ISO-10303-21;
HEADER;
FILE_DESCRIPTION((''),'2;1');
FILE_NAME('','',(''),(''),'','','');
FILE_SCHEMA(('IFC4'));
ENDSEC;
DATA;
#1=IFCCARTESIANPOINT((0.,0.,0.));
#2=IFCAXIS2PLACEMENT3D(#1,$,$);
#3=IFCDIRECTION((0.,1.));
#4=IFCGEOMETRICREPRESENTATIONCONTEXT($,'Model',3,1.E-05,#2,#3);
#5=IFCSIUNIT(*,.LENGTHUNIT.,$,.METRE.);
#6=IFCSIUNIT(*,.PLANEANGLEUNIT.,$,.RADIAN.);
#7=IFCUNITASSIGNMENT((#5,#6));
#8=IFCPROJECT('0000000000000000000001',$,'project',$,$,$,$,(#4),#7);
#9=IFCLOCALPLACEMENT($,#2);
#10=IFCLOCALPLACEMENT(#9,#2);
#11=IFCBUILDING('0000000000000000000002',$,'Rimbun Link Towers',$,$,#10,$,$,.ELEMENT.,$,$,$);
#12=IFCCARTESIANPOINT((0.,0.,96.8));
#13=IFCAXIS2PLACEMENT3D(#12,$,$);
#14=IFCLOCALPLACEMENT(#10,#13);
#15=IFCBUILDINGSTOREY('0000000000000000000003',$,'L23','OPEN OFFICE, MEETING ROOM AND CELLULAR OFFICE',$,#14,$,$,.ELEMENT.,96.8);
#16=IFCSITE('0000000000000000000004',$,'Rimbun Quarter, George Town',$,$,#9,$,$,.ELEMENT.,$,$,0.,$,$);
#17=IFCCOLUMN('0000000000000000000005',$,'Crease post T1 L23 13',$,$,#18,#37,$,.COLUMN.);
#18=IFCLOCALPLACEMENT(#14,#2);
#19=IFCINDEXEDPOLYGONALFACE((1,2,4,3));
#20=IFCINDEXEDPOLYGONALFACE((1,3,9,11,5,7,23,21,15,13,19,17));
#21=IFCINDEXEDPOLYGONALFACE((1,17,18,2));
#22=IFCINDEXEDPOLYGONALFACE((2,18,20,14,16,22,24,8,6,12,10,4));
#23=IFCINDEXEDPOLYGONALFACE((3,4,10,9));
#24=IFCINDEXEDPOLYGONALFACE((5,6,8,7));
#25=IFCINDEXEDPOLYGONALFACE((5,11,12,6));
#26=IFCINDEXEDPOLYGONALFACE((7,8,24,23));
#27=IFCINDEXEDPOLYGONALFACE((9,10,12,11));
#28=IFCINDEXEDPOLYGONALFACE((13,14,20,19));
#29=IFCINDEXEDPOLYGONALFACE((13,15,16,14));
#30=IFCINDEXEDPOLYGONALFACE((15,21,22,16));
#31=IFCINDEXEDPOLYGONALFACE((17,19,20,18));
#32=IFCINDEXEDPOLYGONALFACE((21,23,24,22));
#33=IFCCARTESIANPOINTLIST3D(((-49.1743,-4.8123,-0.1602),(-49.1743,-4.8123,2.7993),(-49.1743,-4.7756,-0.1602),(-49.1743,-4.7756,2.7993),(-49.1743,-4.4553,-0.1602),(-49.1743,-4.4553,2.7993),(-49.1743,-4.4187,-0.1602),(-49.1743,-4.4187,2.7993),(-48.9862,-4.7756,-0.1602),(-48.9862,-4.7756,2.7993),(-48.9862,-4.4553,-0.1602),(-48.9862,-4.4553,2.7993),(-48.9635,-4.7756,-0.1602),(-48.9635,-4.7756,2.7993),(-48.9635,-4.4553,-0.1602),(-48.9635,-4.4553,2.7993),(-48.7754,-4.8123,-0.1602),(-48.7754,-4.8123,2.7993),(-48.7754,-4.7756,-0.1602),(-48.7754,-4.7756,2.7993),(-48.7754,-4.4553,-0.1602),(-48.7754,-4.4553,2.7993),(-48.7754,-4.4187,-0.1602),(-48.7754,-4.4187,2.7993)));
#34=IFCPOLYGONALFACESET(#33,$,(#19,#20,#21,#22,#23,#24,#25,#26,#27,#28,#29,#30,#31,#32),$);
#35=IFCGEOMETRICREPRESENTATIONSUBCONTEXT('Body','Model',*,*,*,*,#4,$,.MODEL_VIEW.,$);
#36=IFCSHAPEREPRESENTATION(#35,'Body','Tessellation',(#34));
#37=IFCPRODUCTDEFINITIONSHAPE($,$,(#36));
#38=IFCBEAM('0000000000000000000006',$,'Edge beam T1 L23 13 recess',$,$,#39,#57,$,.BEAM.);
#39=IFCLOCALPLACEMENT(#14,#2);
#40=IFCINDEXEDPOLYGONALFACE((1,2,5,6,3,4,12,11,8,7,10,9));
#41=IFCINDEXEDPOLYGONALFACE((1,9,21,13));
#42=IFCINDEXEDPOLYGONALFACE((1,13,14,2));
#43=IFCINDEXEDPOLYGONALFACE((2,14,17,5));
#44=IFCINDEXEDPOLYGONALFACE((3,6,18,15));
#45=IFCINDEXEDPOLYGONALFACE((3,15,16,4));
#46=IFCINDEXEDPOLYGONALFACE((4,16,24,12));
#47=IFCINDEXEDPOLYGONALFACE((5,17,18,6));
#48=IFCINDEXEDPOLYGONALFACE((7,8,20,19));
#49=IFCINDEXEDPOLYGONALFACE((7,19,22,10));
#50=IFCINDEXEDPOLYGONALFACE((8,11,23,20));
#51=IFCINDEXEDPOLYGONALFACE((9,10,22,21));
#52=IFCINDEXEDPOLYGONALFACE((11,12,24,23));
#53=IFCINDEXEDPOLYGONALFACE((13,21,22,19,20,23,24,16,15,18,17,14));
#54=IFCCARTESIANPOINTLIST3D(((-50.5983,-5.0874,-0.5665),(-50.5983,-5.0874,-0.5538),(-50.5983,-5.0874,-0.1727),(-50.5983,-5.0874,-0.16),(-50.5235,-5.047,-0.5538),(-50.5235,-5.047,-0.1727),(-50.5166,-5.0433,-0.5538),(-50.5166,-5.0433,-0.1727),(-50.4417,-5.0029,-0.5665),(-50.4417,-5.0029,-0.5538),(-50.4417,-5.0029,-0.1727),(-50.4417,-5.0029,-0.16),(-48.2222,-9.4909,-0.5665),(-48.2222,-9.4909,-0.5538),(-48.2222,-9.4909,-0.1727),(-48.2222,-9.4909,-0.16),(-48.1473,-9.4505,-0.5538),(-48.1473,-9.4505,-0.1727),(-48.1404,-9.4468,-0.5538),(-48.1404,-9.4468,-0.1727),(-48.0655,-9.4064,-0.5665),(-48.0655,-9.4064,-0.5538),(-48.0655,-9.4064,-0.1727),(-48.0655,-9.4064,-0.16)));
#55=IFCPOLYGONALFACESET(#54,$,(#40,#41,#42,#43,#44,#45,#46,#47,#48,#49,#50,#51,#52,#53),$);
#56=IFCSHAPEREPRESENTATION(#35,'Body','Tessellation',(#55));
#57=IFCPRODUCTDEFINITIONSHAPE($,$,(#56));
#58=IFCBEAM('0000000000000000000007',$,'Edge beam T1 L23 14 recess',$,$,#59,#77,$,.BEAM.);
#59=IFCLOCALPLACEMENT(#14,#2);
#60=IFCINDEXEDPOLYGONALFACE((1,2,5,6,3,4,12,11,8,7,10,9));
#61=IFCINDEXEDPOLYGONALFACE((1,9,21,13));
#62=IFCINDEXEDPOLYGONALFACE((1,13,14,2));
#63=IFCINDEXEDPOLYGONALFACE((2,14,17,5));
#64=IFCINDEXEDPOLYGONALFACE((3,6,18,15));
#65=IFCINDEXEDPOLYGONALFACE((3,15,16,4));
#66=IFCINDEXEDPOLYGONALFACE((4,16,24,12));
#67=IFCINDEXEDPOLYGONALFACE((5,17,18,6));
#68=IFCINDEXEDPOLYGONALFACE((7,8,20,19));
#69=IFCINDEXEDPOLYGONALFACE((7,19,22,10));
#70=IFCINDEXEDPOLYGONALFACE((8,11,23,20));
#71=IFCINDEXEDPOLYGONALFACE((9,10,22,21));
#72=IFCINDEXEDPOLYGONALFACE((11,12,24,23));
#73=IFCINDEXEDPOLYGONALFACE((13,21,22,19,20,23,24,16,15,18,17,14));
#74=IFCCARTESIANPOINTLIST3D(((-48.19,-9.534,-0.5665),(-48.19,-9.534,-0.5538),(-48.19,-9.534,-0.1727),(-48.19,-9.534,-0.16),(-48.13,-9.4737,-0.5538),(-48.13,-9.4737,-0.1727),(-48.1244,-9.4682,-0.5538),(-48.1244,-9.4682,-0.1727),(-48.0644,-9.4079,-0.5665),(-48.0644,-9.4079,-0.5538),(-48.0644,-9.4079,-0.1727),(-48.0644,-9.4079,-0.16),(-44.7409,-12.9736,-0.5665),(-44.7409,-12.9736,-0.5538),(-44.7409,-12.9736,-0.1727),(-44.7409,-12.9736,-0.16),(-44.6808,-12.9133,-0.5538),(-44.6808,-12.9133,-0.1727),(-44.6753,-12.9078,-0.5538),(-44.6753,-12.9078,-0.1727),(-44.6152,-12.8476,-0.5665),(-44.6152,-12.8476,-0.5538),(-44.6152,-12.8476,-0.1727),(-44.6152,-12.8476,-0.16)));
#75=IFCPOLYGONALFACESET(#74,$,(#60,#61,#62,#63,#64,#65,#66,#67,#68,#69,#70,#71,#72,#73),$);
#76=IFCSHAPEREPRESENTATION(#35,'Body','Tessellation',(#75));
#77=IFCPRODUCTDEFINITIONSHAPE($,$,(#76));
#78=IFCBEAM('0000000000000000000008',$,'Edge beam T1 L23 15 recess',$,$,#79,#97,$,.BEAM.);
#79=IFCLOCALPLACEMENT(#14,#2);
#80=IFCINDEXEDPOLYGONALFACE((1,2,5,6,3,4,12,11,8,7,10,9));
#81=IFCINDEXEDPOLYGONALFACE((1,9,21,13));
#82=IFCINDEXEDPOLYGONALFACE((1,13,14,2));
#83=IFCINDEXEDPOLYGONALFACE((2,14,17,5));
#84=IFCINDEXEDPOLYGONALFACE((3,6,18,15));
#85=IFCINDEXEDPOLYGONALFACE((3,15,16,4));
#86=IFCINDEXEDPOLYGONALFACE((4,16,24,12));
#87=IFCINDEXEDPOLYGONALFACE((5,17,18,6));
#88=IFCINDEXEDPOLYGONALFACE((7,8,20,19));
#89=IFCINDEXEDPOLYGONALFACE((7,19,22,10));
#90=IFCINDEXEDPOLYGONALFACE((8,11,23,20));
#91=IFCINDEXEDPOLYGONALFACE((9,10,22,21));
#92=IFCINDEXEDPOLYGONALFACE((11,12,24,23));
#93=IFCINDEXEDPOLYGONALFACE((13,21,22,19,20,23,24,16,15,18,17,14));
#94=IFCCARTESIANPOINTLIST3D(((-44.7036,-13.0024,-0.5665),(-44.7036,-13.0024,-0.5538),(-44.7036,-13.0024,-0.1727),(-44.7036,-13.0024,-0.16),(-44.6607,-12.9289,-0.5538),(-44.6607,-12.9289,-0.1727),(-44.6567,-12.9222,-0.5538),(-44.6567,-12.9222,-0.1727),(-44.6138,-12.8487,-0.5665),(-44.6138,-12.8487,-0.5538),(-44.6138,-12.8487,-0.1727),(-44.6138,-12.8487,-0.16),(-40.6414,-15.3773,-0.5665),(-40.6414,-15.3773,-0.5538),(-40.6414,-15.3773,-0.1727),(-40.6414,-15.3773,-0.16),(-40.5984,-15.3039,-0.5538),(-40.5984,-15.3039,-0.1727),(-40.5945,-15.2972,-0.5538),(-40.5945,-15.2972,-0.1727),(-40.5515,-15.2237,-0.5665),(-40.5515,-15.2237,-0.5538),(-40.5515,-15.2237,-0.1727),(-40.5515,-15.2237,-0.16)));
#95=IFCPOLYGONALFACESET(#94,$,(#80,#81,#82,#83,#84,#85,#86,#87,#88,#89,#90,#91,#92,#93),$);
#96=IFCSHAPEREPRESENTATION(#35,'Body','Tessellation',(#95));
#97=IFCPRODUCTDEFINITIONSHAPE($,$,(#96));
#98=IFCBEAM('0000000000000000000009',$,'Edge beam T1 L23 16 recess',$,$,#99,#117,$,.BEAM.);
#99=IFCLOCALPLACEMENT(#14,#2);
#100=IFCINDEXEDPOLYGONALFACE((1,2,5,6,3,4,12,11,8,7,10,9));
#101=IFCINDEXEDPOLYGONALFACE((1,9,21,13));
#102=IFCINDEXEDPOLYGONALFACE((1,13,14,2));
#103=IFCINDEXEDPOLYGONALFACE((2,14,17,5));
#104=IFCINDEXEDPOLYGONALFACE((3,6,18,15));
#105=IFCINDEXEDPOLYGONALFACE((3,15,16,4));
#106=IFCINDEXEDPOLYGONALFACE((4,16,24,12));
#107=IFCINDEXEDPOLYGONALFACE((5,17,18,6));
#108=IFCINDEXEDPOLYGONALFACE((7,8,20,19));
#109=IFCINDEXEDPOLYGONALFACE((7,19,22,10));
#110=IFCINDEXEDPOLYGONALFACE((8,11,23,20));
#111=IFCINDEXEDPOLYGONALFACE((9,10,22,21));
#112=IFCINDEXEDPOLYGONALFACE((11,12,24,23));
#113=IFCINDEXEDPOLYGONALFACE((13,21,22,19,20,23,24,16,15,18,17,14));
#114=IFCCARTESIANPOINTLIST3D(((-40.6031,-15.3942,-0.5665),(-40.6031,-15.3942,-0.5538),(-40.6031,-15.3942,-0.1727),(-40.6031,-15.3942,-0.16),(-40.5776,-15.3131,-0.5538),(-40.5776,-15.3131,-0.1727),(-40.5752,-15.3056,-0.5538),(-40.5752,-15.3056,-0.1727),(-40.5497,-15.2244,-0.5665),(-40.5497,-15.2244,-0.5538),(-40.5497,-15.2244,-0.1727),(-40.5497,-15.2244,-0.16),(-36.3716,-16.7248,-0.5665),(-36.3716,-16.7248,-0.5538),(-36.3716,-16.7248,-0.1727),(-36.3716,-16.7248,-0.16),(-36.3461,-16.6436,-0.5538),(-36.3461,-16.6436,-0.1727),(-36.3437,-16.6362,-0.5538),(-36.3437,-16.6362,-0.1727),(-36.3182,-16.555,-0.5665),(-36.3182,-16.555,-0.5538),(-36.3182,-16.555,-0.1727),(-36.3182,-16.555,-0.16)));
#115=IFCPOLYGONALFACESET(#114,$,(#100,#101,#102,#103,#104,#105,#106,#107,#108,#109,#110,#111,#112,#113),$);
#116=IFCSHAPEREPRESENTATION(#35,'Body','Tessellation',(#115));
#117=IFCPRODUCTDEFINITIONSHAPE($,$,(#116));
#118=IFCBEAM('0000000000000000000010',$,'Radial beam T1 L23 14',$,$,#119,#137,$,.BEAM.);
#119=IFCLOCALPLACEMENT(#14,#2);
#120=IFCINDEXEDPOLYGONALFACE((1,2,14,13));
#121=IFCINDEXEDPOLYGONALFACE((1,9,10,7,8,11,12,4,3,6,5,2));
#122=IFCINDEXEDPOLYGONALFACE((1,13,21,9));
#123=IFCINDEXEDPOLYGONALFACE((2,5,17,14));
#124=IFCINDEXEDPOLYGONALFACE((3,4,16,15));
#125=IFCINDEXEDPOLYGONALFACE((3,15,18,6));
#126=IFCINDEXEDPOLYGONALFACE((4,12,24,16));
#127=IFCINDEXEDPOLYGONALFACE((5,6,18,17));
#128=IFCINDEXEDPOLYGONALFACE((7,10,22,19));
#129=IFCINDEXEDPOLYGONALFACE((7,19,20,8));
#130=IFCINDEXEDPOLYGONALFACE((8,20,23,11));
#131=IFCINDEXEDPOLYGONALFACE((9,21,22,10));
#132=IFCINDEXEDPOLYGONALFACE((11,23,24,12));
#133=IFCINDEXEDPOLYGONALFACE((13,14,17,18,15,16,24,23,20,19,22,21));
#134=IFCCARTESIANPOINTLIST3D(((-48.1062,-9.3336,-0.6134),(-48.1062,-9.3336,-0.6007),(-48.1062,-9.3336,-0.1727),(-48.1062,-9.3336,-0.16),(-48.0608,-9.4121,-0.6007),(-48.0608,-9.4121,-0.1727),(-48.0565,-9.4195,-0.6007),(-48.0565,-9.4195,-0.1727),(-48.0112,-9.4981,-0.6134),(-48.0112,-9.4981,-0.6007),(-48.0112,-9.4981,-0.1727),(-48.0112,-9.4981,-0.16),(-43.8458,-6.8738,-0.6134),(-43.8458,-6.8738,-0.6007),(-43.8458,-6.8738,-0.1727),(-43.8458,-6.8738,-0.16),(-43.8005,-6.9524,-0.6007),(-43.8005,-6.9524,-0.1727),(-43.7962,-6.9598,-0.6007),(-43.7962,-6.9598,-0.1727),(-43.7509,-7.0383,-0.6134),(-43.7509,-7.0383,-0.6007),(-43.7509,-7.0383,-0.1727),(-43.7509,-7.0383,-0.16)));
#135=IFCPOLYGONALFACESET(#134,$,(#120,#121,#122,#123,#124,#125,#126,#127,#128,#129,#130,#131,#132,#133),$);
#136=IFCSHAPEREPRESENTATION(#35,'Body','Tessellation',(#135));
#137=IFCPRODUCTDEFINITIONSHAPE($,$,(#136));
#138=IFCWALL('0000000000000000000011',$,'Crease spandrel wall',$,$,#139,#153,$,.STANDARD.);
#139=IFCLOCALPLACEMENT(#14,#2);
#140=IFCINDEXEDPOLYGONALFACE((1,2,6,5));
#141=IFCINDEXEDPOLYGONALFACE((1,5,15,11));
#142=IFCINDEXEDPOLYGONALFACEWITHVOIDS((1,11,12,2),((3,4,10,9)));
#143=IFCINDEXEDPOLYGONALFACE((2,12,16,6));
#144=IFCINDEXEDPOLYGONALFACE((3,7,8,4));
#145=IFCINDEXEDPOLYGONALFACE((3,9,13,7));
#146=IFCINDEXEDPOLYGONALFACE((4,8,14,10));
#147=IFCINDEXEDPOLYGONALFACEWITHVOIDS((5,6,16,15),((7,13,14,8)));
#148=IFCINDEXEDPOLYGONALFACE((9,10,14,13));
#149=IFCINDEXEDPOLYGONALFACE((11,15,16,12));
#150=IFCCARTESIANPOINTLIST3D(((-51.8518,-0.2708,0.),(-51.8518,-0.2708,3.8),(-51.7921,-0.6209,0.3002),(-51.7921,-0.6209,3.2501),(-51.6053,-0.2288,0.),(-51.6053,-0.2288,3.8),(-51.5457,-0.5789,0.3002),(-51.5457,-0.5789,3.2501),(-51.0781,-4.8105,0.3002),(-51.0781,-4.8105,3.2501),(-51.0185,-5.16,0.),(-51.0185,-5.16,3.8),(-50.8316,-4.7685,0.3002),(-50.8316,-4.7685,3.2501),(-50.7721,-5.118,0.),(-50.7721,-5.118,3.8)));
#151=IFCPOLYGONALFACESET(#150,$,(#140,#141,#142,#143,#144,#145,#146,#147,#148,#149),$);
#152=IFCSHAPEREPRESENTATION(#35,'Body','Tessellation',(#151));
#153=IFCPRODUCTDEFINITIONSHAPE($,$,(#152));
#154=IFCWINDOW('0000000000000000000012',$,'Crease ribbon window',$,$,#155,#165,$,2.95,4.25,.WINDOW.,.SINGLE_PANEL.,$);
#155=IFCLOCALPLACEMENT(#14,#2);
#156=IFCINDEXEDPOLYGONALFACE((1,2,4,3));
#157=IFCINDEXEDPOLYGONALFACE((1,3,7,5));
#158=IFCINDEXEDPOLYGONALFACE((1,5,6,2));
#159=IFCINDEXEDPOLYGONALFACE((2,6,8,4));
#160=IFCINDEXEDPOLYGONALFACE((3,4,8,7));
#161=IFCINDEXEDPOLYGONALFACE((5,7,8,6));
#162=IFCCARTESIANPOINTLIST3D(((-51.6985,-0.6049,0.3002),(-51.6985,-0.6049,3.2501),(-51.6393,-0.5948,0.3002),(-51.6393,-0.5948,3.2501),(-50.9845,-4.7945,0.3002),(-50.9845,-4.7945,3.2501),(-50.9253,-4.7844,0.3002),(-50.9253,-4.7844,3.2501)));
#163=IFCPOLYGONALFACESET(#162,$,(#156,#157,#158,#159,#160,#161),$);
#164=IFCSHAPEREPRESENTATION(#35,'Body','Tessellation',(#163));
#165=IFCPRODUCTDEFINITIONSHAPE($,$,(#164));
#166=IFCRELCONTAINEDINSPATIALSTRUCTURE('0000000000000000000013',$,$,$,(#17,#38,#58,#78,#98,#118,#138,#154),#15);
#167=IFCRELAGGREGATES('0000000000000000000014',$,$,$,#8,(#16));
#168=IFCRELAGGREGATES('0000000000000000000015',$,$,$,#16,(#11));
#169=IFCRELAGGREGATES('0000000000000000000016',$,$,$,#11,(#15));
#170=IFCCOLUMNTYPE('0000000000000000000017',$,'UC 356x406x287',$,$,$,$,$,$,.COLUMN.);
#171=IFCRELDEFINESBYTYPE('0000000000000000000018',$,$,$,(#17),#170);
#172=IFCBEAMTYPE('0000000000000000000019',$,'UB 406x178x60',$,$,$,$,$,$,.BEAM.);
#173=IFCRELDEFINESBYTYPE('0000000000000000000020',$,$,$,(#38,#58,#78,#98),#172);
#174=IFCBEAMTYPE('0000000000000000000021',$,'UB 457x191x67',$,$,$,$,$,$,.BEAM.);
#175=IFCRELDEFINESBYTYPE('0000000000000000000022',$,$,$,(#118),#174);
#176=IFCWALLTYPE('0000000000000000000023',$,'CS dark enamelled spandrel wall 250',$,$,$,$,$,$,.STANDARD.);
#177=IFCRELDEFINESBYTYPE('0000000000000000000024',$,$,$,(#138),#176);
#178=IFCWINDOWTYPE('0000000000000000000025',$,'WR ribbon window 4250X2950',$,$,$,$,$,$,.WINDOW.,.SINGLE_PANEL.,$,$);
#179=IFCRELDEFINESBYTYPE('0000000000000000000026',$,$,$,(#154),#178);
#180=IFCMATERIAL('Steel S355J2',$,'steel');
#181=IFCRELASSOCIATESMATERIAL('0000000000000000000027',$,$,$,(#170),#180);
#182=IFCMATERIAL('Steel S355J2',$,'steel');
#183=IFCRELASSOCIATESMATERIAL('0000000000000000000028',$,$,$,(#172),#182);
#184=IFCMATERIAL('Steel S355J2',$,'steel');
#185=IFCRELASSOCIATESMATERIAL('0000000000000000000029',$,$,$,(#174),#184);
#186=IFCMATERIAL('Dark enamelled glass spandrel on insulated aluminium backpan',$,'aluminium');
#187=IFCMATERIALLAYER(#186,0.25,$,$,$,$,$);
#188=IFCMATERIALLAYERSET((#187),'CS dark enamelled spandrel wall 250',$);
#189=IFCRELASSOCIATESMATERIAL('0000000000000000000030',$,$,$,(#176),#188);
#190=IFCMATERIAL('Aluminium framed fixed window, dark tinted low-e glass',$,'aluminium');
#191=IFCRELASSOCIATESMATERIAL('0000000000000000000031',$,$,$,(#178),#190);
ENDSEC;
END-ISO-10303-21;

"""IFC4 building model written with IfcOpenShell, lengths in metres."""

from ifc_helpers import new_model, si_unit, direction, frame, frame_2d, origin, origin_2d, place, context, subcontext, project, spatial, rectangle, i_section, extrude, material, layer, layer_set, material_profile, profile_set, type_object, element, fill, save


model = new_model("IFC4")

# Units and contexts
model_context = context("Model", 3, precision=1e-05, world=origin(), true_north=direction((0.0, 1.0)))
body_context = subcontext(model_context, "Body", "Model", "MODEL_VIEW")
ifc_project = project(units=[si_unit("LENGTHUNIT", "METRE"), si_unit("PLANEANGLEUNIT", "RADIAN")], contexts=[model_context])

# Site, building, storey
site_placement = place(None, origin())
site = spatial("IfcSite", under=ifc_project, at=site_placement, Name="Rimbun Quarter, George Town", CompositionType="ELEMENT", RefElevation=0.0)
building_placement = place(site_placement, origin())
building = spatial("IfcBuilding", under=site, at=building_placement, Name="Rimbun Link Towers", CompositionType="ELEMENT")
storey_placement = place(building_placement, frame((0.0, 0.0, 96.8)))
storey = spatial("IfcBuildingStorey", under=building, at=storey_placement, Name="L23", Description="OPEN OFFICE, MEETING ROOM AND CELLULAR OFFICE", CompositionType="ELEMENT", Elevation=96.8)

# Column
ifc_material_1 = material(Name="Steel S355J2", Category="steel")
ifc_material_profile_1 = material_profile(ifc_material_1, i_section(OverallWidth=0.3989, OverallDepth=0.3936, WebThickness=0.0227, FlangeThickness=0.0366, at=origin_2d()), Name="UC 356x406x287")
ifc_profile_set_1 = profile_set([ifc_material_profile_1], Name="Steel S355J2")
column_type = type_object("IfcColumnType", Name="UC 356x406x287", PredefinedType="COLUMN", material=ifc_profile_set_1)
column_placement = place(storey_placement, frame((-48.9749, -4.6155, -0.1602), z_axis=(0.0, 0.0, 1.0), x_axis=(1.0, 0.0, 0.0)))
element("IfcColumn", 1, at=column_placement, inside=storey, type_object=column_type, Name="Crease post T1 L23 13", PredefinedType="COLUMN", context=body_context, shape_type="SweptSolid", body=[
    extrude(i_section(OverallWidth=0.3989, OverallDepth=0.3936, WebThickness=0.0227, FlangeThickness=0.0366, at=origin_2d()), origin(), (0.0, 0.0, 1.0), 2.9595),
])

# Beams
ifc_material_2 = material(Name="Steel S355J2", Category="steel")
ifc_material_profile_2 = material_profile(ifc_material_2, i_section(OverallWidth=0.178, OverallDepth=0.4065, WebThickness=0.0078, FlangeThickness=0.0127, at=origin_2d()), Name="UB 406x178x60")
ifc_profile_set_2 = profile_set([ifc_material_profile_2], Name="Steel S355J2")
beam_type_1 = type_object("IfcBeamType", Name="UB 406x178x60", PredefinedType="BEAM", material=ifc_profile_set_2)
beam_1_placement = place(storey_placement, frame((-50.52, -5.0452, -0.3633), z_axis=(0.474885, -0.880048, 0.0), x_axis=(0.880048, 0.474885, 0.0)))
element("IfcBeam", 2, at=beam_1_placement, inside=storey, type_object=beam_type_1, Name="Edge beam T1 L23 13 recess", PredefinedType="BEAM", context=body_context, shape_type="SweptSolid", body=[
    extrude(i_section(OverallWidth=0.178, OverallDepth=0.4065, WebThickness=0.0078, FlangeThickness=0.0127, at=origin_2d()), origin(), (0.0, 0.0, 1.0), 5.0037),
])
beam_2_placement = place(storey_placement, frame((-48.1272, -9.4709, -0.3633), z_axis=(0.708083, -0.706129, 0.0), x_axis=(0.706129, 0.708083, 0.0)))
element("IfcBeam", 3, at=beam_2_placement, inside=storey, type_object=beam_type_1, Name="Edge beam T1 L23 14 recess", PredefinedType="BEAM", context=body_context, shape_type="SweptSolid", body=[
    extrude(i_section(OverallWidth=0.178, OverallDepth=0.4065, WebThickness=0.0078, FlangeThickness=0.0127, at=origin_2d()), origin(), (0.0, 0.0, 1.0), 4.8711),
])
beam_3_placement = place(storey_placement, frame((-44.6587, -12.9255, -0.3633), z_axis=(0.863284, -0.504719, 0.0), x_axis=(0.504719, 0.863284, 0.0)))
element("IfcBeam", 4, at=beam_3_placement, inside=storey, type_object=beam_type_1, Name="Edge beam T1 L23 15 recess", PredefinedType="BEAM", context=body_context, shape_type="SweptSolid", body=[
    extrude(i_section(OverallWidth=0.178, OverallDepth=0.4065, WebThickness=0.0078, FlangeThickness=0.0127, at=origin_2d()), origin(), (0.0, 0.0, 1.0), 4.7056),
])
beam_4_placement = place(storey_placement, frame((-40.5764, -15.3093, -0.3633), z_axis=(0.95395, -0.299967, 0.0), x_axis=(0.299967, 0.95395, 0.0)))
element("IfcBeam", 5, at=beam_4_placement, inside=storey, type_object=beam_type_1, Name="Edge beam T1 L23 16 recess", PredefinedType="BEAM", context=body_context, shape_type="SweptSolid", body=[
    extrude(i_section(OverallWidth=0.178, OverallDepth=0.4065, WebThickness=0.0078, FlangeThickness=0.0127, at=origin_2d()), origin(), (0.0, 0.0, 1.0), 4.4358),
])
ifc_material_3 = material(Name="Steel S355J2", Category="steel")
ifc_material_profile_3 = material_profile(ifc_material_3, i_section(OverallWidth=0.1899, OverallDepth=0.4534, WebThickness=0.0085, FlangeThickness=0.0127, at=origin_2d()), Name="UB 457x191x67")
ifc_profile_set_3 = profile_set([ifc_material_profile_3], Name="Steel S355J2")
beam_type_2 = type_object("IfcBeamType", Name="UB 457x191x67", PredefinedType="BEAM", material=ifc_profile_set_3)
beam_5_placement = place(storey_placement, frame((-43.7983, -6.9561, -0.3867), z_axis=(-0.86602, -0.500009, 0.0), x_axis=(0.500009, -0.86602, 0.0)))
element("IfcBeam", 6, at=beam_5_placement, inside=storey, type_object=beam_type_2, Name="Radial beam T1 L23 14", PredefinedType="BEAM", context=body_context, shape_type="SweptSolid", body=[
    extrude(i_section(OverallWidth=0.1899, OverallDepth=0.4534, WebThickness=0.0085, FlangeThickness=0.0127, at=origin_2d()), origin(), (0.0, 0.0, 1.0), 4.9194),
])

# Wall, opening, window
ifc_material_4 = material(Name="Dark enamelled glass spandrel on insulated aluminium backpan", Category="aluminium")
ifc_layer_1 = layer(ifc_material_4, 0.25)
ifc_layer_set_1 = layer_set([ifc_layer_1], Name="CS dark enamelled spandrel wall 250")
wall_type_1 = type_object("IfcWallType", Name="CS dark enamelled spandrel wall 250", PredefinedType="STANDARD", material=ifc_layer_set_1)
wall_1_placement = place(storey_placement, frame((-50.8953, -5.1392, 0.0), z_axis=(0.0, 0.0, 1.0), x_axis=(-0.168006, 0.985786, 0.0)))
wall_1 = element("IfcWall", 7, at=wall_1_placement, inside=storey, type_object=wall_type_1, Name="Crease spandrel wall", PredefinedType="STANDARD", context=body_context, shape_type="SweptSolid", body=[
    extrude(rectangle(XDim=4.9597, YDim=0.25, at=frame_2d((2.48, 0.0))), origin(), (0.0, 0.0, 1.0), 3.8),
])
opening_1_placement = place(wall_1_placement, frame((0.3547, 0.0, 0.3)))
opening_1 = element("IfcOpeningElement", 8, at=opening_1_placement, cuts=wall_1, PredefinedType="OPENING", context=body_context, shape_type="SweptSolid", body=[
    extrude(rectangle(XDim=4.25, YDim=2.95, at=frame_2d((2.125, 1.4751))), frame((0.0, 0.135, 0.0), z_axis=(0.0, -1.0, 0.0), x_axis=(1.0, 0.0, 0.0)), (0.0, 0.0, 1.0), 0.27),
])
ifc_material_5 = material(Name="Aluminium framed fixed window, dark tinted low-e glass", Category="aluminium")
window_type_1 = type_object("IfcWindowType", Name="WR ribbon window 4250X2950", PartitioningType="SINGLE_PANEL", PredefinedType="WINDOW", material=ifc_material_5)
window_1_placement = place(opening_1_placement, origin())
window_1 = element("IfcWindow", 9, at=window_1_placement, inside=storey, type_object=window_type_1, Name="Crease ribbon window", OverallHeight=2.95, OverallWidth=4.25, PartitioningType="SINGLE_PANEL", PredefinedType="WINDOW", context=body_context, shape_type="SweptSolid", body=[
    extrude(rectangle(XDim=4.25, YDim=2.95, at=frame_2d((2.125, 1.4751))), frame((0.0, 0.03, 0.0), z_axis=(0.0, -1.0, 0.0), x_axis=(1.0, 0.0, 0.0)), (0.0, 0.0, 1.0), 0.0601),
])
fill(opening_1, window_1)

save(model, "model.ifc")
